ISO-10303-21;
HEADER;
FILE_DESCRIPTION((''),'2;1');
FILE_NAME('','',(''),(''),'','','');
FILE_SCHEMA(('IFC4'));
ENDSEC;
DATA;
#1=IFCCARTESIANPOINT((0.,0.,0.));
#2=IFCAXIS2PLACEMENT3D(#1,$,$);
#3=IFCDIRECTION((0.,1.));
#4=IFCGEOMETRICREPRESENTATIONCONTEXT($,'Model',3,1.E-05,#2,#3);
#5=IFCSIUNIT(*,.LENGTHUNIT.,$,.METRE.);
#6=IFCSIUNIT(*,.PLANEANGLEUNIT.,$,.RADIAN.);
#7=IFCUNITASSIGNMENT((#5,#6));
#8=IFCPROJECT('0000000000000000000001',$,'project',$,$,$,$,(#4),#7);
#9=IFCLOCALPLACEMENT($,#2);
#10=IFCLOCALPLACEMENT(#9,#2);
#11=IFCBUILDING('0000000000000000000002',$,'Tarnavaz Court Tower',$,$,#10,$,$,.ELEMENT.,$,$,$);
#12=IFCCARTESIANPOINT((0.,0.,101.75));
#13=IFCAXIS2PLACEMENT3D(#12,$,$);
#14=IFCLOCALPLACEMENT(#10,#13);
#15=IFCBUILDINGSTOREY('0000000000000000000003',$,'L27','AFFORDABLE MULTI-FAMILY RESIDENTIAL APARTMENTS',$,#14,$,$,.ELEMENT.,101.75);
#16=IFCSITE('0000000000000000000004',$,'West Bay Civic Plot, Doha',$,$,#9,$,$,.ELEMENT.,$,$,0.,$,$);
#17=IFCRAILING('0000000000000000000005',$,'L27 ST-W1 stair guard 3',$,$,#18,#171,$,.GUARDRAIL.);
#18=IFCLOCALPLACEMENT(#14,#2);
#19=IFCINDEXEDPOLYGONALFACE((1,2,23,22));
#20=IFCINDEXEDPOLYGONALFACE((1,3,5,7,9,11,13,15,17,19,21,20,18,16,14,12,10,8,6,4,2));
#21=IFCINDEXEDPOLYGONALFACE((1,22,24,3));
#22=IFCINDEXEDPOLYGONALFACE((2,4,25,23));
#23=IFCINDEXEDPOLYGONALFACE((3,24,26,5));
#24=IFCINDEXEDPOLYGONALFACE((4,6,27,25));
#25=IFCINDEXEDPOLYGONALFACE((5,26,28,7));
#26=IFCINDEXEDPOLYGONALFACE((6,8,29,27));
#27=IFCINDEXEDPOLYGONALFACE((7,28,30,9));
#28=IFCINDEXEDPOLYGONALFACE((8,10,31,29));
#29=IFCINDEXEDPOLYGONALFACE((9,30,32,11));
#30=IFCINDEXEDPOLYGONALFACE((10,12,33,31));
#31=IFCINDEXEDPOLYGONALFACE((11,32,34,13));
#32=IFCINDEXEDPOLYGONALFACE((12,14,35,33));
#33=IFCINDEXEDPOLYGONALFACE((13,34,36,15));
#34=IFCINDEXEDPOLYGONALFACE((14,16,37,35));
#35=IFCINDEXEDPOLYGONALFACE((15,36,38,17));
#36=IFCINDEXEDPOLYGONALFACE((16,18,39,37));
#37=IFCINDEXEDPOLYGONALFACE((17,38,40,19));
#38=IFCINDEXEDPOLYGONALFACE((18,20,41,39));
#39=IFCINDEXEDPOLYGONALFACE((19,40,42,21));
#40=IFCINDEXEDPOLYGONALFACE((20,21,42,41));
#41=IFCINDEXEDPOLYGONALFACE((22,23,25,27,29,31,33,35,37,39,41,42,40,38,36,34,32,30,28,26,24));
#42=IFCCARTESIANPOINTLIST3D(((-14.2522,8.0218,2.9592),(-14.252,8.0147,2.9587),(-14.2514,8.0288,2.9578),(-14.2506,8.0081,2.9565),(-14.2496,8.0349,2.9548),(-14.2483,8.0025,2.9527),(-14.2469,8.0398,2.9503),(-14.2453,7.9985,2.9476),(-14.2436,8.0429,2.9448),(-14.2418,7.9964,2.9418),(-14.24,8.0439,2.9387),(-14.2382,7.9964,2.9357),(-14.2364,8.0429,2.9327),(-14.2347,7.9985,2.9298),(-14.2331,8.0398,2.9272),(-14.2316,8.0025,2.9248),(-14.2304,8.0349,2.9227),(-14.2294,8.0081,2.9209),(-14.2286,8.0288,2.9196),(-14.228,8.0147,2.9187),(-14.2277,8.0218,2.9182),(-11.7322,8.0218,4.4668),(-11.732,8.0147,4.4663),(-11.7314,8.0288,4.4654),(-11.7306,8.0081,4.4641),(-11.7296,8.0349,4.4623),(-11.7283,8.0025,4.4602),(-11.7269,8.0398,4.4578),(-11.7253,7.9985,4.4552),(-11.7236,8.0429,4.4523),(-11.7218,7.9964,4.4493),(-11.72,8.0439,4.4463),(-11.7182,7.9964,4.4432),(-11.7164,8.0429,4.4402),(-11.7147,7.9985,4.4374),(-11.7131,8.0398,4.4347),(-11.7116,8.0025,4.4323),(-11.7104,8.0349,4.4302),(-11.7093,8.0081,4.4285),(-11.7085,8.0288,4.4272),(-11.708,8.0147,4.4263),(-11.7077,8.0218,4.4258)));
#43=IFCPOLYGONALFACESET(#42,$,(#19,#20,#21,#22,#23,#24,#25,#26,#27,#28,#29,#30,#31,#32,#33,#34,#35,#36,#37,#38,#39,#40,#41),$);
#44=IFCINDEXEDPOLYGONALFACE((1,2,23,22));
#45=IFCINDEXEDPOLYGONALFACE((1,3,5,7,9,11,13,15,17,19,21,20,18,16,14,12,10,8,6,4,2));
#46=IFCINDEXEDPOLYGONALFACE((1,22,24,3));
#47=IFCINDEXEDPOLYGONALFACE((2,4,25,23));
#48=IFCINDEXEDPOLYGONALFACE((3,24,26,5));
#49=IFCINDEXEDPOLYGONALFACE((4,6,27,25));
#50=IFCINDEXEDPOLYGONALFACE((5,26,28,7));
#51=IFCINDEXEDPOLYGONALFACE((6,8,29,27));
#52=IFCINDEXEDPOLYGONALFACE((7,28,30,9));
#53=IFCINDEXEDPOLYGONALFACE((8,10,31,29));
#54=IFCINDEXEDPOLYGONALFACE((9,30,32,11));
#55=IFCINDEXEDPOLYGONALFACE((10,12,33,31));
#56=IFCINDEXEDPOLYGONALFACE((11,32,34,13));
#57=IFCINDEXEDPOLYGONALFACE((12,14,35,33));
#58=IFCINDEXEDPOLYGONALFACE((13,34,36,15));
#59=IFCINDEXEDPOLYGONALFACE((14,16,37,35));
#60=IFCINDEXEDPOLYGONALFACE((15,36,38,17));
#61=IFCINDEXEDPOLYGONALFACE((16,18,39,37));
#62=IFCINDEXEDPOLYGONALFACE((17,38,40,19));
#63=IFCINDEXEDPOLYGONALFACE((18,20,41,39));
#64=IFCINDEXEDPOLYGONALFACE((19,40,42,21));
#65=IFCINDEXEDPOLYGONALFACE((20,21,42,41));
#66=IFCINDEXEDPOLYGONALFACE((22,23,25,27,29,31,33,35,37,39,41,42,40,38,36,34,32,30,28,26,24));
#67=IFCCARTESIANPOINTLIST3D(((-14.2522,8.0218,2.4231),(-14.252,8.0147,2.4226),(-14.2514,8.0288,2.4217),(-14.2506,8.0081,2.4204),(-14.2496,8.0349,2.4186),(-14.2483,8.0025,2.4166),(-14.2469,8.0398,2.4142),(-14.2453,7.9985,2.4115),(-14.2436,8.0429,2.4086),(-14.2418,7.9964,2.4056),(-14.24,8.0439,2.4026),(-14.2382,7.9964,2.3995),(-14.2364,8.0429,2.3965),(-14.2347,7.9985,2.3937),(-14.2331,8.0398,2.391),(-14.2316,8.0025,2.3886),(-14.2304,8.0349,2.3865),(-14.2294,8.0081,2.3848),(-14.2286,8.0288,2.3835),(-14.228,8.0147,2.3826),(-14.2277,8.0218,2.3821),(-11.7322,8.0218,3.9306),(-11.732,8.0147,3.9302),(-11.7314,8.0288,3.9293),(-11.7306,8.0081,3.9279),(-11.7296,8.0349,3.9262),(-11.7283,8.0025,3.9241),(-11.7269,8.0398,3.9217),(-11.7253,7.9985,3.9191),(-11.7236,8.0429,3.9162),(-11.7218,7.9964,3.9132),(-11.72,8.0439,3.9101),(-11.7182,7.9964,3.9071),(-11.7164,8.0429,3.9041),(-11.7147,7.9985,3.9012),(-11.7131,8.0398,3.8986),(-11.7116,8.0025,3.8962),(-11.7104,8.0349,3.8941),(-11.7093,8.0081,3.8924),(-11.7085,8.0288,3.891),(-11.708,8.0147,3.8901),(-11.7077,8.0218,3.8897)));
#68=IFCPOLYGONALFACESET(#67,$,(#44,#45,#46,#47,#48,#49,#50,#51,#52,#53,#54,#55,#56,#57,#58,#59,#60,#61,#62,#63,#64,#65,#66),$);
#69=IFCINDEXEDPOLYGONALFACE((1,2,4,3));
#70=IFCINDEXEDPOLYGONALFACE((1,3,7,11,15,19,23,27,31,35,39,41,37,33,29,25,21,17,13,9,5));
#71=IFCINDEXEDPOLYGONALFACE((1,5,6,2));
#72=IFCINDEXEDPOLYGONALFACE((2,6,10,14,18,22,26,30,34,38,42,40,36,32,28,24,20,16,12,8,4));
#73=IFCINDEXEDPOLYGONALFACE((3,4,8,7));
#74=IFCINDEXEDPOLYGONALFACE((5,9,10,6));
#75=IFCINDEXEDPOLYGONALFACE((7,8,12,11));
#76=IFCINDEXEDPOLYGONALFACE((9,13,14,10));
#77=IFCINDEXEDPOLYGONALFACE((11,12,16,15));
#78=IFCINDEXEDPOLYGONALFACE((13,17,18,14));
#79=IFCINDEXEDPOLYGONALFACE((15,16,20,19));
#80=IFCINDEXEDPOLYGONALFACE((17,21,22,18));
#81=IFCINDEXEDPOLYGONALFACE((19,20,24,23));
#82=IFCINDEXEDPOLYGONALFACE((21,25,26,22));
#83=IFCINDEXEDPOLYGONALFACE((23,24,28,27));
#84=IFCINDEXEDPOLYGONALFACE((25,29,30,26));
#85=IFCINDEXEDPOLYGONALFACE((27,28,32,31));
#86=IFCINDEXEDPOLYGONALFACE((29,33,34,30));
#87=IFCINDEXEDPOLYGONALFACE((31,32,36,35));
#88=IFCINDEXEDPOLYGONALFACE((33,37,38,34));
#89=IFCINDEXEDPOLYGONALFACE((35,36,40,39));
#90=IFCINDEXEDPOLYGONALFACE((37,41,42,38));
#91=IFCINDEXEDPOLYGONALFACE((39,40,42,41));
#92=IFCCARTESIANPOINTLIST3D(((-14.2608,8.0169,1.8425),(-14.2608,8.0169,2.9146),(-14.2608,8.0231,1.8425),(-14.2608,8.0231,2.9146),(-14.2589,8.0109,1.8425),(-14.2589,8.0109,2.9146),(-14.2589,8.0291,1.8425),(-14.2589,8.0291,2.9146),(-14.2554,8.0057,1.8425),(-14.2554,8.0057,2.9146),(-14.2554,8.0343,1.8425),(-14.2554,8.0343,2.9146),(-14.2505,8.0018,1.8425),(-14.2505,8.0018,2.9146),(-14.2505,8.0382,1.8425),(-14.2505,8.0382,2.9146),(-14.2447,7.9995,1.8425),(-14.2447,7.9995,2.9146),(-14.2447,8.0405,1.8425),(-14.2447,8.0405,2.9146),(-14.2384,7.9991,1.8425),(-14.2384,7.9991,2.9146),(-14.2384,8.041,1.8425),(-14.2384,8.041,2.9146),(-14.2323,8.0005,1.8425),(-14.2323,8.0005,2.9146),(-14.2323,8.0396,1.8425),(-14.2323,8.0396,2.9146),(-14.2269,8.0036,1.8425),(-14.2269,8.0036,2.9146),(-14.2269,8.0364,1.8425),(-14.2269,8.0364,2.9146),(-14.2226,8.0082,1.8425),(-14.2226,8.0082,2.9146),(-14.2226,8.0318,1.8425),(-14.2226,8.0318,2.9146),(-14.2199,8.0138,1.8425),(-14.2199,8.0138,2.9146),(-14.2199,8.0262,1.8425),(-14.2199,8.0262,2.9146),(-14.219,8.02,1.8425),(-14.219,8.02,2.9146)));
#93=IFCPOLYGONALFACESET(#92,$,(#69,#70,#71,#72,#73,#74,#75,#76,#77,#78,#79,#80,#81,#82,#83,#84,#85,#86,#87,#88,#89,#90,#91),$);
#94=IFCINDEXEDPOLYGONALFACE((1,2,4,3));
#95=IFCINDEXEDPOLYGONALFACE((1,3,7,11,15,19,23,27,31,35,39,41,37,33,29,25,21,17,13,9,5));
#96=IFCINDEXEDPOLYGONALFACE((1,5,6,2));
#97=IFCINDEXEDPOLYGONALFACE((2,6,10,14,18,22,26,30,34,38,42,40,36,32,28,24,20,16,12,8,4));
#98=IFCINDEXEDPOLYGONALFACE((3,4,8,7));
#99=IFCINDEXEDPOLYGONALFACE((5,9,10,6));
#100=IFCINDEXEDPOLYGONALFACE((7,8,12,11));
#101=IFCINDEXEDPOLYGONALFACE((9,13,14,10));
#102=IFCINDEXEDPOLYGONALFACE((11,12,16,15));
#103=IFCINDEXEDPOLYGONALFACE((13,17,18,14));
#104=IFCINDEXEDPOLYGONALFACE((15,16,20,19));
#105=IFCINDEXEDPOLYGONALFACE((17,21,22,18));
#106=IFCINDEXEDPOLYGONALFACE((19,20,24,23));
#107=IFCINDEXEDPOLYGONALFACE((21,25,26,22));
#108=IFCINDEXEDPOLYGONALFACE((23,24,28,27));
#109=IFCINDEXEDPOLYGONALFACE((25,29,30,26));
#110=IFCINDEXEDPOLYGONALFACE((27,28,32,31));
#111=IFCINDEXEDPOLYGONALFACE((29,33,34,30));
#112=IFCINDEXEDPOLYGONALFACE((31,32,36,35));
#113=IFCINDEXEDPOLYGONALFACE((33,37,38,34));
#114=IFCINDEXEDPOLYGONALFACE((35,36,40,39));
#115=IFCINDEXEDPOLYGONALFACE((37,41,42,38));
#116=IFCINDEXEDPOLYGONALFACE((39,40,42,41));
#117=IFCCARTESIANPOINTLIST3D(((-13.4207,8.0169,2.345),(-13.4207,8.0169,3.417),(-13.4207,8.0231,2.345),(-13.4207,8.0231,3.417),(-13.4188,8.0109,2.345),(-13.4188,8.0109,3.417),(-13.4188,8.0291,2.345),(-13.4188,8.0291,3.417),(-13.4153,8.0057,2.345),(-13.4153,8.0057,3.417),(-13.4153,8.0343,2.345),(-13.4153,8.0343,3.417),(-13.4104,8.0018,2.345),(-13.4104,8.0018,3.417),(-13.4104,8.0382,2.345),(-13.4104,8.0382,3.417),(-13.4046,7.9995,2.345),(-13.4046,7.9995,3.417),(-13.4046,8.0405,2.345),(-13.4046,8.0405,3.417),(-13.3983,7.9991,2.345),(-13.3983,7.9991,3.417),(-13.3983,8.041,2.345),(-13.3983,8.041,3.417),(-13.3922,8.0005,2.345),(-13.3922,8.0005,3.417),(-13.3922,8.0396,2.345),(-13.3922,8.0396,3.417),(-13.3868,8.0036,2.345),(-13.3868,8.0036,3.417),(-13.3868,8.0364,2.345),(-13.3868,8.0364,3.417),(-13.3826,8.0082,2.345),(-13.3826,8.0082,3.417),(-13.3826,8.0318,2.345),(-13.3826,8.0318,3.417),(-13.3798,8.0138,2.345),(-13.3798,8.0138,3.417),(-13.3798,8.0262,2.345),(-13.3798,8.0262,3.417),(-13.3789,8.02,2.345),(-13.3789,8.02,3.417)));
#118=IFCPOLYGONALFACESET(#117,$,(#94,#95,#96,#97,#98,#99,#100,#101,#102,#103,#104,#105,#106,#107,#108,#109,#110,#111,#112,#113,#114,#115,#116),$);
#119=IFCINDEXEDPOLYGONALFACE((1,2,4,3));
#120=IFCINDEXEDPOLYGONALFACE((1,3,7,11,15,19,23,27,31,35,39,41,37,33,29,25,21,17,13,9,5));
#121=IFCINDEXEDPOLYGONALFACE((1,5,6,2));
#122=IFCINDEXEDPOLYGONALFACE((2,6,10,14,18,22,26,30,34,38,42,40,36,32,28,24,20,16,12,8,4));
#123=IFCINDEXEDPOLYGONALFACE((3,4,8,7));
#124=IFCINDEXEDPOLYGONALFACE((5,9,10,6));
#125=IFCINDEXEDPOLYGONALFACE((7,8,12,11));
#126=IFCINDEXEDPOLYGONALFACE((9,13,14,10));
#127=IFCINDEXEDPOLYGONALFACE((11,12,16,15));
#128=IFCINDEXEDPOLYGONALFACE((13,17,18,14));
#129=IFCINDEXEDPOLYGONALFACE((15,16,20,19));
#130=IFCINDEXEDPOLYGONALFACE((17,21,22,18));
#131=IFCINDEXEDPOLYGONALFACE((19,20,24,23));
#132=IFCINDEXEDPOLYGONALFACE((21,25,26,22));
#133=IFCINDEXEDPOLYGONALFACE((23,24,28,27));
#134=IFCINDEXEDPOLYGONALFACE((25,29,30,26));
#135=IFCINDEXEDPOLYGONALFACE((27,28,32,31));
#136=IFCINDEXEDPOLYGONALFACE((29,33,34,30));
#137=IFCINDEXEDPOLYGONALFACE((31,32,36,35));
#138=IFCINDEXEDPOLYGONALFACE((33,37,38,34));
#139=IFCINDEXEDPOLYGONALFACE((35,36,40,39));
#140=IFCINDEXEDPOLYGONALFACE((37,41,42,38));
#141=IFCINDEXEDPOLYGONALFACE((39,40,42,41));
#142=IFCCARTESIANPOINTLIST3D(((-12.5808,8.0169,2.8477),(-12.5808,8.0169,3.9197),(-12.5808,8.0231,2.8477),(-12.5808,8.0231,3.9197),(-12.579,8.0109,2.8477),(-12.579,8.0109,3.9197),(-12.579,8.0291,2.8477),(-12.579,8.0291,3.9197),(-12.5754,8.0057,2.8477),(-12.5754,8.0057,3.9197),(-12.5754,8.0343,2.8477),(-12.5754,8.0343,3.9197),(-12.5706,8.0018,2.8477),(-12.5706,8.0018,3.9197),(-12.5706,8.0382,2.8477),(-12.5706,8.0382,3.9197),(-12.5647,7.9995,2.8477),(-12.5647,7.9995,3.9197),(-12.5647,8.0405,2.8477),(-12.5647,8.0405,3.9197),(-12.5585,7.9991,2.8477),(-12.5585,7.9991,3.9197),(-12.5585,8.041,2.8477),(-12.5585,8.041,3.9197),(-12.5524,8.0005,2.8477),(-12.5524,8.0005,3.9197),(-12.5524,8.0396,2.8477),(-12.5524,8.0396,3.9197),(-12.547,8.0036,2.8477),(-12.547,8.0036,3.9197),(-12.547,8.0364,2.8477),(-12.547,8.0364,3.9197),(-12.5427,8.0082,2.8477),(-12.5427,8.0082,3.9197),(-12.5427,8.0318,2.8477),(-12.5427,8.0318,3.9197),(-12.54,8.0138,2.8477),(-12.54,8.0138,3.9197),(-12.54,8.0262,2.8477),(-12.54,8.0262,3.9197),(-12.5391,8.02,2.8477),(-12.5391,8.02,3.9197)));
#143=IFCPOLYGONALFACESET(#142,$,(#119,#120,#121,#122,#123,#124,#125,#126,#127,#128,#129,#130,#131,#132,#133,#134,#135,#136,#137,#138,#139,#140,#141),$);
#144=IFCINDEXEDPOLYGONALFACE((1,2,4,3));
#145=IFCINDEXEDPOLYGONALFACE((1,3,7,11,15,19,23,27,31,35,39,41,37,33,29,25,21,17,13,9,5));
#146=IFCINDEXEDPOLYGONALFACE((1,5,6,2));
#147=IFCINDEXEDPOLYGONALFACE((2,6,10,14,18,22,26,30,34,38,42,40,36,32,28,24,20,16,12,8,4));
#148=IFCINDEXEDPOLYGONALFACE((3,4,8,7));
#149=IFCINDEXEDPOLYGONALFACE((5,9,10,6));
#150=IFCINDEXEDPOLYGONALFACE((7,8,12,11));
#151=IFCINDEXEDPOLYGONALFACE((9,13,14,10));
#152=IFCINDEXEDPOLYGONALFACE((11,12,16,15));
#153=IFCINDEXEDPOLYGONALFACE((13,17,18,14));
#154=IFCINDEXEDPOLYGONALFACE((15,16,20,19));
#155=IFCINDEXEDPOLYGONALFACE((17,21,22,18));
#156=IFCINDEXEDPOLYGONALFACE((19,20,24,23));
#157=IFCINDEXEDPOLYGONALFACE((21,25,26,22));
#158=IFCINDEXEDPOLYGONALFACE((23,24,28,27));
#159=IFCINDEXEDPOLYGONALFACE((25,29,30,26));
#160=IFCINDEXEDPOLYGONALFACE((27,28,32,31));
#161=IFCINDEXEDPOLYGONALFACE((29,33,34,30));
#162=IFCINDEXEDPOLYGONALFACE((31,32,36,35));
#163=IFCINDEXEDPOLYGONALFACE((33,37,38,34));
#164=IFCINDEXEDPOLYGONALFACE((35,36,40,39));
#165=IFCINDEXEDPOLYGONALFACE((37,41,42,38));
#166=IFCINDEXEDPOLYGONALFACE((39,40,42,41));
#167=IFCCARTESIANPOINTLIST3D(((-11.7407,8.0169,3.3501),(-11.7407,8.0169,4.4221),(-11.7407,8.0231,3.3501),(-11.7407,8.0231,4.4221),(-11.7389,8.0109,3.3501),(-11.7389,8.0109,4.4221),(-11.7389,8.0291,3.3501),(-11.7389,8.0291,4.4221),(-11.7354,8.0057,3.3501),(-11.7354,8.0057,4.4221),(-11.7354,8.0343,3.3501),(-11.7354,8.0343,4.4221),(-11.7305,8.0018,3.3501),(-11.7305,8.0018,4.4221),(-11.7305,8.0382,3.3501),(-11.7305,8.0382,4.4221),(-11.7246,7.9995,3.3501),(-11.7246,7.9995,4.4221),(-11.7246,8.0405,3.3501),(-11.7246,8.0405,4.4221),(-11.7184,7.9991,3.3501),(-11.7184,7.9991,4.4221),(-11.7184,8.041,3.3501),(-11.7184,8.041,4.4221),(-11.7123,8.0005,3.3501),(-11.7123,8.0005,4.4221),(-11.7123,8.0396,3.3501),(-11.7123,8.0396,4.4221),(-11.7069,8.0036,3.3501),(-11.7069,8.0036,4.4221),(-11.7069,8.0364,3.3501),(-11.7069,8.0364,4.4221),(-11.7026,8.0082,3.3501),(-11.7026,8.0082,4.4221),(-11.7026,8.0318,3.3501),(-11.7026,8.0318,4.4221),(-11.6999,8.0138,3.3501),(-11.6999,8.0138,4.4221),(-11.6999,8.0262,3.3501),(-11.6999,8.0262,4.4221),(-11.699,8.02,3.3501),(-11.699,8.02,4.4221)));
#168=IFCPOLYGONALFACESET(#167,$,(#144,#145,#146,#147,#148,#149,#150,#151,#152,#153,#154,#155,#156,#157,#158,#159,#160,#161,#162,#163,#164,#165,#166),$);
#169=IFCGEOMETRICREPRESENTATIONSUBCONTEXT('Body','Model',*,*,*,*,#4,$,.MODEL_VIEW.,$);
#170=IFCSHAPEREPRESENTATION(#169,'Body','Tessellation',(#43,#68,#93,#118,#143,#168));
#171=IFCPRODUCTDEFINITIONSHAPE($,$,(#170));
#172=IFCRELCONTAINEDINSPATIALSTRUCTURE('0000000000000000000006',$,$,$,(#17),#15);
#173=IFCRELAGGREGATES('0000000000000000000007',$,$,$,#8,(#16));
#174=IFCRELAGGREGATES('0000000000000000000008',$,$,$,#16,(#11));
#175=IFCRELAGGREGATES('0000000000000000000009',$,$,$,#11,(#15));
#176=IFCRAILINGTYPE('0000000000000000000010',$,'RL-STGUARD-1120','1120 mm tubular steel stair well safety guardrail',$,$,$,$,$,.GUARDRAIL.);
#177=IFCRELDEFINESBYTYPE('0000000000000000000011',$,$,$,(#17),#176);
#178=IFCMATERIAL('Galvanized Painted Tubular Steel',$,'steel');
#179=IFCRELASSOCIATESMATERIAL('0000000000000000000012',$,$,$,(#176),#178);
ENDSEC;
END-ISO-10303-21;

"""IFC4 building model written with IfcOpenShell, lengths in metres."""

from ifc_helpers import new_model, si_unit, direction, frame, origin, origin_2d, place, context, subcontext, project, spatial, circle, extrude, material, type_object, element, save


model = new_model("IFC4")

# Units and contexts
model_context = context("Model", 3, precision=1e-05, world=origin(), true_north=direction((0.0, 1.0)))
body_context = subcontext(model_context, "Body", "Model", "MODEL_VIEW")
ifc_project = project(units=[si_unit("LENGTHUNIT", "METRE"), si_unit("PLANEANGLEUNIT", "RADIAN")], contexts=[model_context])

# Site, building, storey
site_placement = place(None, origin())
site = spatial("IfcSite", under=ifc_project, at=site_placement, Name="West Bay Civic Plot, Doha", CompositionType="ELEMENT", RefElevation=0.0)
building_placement = place(site_placement, origin())
building = spatial("IfcBuilding", under=site, at=building_placement, Name="Tarnavaz Court Tower", CompositionType="ELEMENT")
storey_placement = place(building_placement, frame((0.0, 0.0, 101.75)))
storey = spatial("IfcBuildingStorey", under=building, at=storey_placement, Name="L27", Description="AFFORDABLE MULTI-FAMILY RESIDENTIAL APARTMENTS", CompositionType="ELEMENT", Elevation=101.75)

# Railing
ifc_material_1 = material(Name="Galvanized Painted Tubular Steel", Category="steel")
railing_type_1 = type_object("IfcRailingType", Name="RL-STGUARD-1120", Description="1120 mm tubular steel stair well safety guardrail", PredefinedType="GUARDRAIL", material=ifc_material_1)
railing_1_placement = place(storey_placement, frame((-14.24, 8.02, 1.8425)))
element("IfcRailing", 1, at=railing_1_placement, inside=storey, type_object=railing_type_1, Name="L27 ST-W1 stair guard 3", PredefinedType="GUARDRAIL", context=body_context, shape_type="SweptSolid", body=[
    extrude(circle(Radius=0.0239, at=origin_2d()), frame((0.0, 0.0, 1.0962), z_axis=(0.85816, 0.0, 0.513383), x_axis=(0.0, 1.0, 0.0)), (0.0, 0.0, 1.0), 2.9365),
    extrude(circle(Radius=0.0239, at=origin_2d()), frame((0.0, 0.0, 0.5601), z_axis=(0.85816, 0.0, 0.513383), x_axis=(0.0, 1.0, 0.0)), (0.0, 0.0, 1.0), 2.9365),
    extrude(circle(Radius=0.021, at=origin_2d()), origin(), (0.0, 0.0, 1.0), 1.072),
    extrude(circle(Radius=0.021, at=origin_2d()), frame((0.8401, 0.0, 0.5024)), (0.0, 0.0, 1.0), 1.072),
    extrude(circle(Radius=0.021, at=origin_2d()), frame((1.6799, 0.0, 1.0051)), (0.0, 0.0, 1.0), 1.072),
    extrude(circle(Radius=0.021, at=origin_2d()), frame((2.52, 0.0, 1.5076)), (0.0, 0.0, 1.0), 1.072),
])

save(model, "model.ifc")
